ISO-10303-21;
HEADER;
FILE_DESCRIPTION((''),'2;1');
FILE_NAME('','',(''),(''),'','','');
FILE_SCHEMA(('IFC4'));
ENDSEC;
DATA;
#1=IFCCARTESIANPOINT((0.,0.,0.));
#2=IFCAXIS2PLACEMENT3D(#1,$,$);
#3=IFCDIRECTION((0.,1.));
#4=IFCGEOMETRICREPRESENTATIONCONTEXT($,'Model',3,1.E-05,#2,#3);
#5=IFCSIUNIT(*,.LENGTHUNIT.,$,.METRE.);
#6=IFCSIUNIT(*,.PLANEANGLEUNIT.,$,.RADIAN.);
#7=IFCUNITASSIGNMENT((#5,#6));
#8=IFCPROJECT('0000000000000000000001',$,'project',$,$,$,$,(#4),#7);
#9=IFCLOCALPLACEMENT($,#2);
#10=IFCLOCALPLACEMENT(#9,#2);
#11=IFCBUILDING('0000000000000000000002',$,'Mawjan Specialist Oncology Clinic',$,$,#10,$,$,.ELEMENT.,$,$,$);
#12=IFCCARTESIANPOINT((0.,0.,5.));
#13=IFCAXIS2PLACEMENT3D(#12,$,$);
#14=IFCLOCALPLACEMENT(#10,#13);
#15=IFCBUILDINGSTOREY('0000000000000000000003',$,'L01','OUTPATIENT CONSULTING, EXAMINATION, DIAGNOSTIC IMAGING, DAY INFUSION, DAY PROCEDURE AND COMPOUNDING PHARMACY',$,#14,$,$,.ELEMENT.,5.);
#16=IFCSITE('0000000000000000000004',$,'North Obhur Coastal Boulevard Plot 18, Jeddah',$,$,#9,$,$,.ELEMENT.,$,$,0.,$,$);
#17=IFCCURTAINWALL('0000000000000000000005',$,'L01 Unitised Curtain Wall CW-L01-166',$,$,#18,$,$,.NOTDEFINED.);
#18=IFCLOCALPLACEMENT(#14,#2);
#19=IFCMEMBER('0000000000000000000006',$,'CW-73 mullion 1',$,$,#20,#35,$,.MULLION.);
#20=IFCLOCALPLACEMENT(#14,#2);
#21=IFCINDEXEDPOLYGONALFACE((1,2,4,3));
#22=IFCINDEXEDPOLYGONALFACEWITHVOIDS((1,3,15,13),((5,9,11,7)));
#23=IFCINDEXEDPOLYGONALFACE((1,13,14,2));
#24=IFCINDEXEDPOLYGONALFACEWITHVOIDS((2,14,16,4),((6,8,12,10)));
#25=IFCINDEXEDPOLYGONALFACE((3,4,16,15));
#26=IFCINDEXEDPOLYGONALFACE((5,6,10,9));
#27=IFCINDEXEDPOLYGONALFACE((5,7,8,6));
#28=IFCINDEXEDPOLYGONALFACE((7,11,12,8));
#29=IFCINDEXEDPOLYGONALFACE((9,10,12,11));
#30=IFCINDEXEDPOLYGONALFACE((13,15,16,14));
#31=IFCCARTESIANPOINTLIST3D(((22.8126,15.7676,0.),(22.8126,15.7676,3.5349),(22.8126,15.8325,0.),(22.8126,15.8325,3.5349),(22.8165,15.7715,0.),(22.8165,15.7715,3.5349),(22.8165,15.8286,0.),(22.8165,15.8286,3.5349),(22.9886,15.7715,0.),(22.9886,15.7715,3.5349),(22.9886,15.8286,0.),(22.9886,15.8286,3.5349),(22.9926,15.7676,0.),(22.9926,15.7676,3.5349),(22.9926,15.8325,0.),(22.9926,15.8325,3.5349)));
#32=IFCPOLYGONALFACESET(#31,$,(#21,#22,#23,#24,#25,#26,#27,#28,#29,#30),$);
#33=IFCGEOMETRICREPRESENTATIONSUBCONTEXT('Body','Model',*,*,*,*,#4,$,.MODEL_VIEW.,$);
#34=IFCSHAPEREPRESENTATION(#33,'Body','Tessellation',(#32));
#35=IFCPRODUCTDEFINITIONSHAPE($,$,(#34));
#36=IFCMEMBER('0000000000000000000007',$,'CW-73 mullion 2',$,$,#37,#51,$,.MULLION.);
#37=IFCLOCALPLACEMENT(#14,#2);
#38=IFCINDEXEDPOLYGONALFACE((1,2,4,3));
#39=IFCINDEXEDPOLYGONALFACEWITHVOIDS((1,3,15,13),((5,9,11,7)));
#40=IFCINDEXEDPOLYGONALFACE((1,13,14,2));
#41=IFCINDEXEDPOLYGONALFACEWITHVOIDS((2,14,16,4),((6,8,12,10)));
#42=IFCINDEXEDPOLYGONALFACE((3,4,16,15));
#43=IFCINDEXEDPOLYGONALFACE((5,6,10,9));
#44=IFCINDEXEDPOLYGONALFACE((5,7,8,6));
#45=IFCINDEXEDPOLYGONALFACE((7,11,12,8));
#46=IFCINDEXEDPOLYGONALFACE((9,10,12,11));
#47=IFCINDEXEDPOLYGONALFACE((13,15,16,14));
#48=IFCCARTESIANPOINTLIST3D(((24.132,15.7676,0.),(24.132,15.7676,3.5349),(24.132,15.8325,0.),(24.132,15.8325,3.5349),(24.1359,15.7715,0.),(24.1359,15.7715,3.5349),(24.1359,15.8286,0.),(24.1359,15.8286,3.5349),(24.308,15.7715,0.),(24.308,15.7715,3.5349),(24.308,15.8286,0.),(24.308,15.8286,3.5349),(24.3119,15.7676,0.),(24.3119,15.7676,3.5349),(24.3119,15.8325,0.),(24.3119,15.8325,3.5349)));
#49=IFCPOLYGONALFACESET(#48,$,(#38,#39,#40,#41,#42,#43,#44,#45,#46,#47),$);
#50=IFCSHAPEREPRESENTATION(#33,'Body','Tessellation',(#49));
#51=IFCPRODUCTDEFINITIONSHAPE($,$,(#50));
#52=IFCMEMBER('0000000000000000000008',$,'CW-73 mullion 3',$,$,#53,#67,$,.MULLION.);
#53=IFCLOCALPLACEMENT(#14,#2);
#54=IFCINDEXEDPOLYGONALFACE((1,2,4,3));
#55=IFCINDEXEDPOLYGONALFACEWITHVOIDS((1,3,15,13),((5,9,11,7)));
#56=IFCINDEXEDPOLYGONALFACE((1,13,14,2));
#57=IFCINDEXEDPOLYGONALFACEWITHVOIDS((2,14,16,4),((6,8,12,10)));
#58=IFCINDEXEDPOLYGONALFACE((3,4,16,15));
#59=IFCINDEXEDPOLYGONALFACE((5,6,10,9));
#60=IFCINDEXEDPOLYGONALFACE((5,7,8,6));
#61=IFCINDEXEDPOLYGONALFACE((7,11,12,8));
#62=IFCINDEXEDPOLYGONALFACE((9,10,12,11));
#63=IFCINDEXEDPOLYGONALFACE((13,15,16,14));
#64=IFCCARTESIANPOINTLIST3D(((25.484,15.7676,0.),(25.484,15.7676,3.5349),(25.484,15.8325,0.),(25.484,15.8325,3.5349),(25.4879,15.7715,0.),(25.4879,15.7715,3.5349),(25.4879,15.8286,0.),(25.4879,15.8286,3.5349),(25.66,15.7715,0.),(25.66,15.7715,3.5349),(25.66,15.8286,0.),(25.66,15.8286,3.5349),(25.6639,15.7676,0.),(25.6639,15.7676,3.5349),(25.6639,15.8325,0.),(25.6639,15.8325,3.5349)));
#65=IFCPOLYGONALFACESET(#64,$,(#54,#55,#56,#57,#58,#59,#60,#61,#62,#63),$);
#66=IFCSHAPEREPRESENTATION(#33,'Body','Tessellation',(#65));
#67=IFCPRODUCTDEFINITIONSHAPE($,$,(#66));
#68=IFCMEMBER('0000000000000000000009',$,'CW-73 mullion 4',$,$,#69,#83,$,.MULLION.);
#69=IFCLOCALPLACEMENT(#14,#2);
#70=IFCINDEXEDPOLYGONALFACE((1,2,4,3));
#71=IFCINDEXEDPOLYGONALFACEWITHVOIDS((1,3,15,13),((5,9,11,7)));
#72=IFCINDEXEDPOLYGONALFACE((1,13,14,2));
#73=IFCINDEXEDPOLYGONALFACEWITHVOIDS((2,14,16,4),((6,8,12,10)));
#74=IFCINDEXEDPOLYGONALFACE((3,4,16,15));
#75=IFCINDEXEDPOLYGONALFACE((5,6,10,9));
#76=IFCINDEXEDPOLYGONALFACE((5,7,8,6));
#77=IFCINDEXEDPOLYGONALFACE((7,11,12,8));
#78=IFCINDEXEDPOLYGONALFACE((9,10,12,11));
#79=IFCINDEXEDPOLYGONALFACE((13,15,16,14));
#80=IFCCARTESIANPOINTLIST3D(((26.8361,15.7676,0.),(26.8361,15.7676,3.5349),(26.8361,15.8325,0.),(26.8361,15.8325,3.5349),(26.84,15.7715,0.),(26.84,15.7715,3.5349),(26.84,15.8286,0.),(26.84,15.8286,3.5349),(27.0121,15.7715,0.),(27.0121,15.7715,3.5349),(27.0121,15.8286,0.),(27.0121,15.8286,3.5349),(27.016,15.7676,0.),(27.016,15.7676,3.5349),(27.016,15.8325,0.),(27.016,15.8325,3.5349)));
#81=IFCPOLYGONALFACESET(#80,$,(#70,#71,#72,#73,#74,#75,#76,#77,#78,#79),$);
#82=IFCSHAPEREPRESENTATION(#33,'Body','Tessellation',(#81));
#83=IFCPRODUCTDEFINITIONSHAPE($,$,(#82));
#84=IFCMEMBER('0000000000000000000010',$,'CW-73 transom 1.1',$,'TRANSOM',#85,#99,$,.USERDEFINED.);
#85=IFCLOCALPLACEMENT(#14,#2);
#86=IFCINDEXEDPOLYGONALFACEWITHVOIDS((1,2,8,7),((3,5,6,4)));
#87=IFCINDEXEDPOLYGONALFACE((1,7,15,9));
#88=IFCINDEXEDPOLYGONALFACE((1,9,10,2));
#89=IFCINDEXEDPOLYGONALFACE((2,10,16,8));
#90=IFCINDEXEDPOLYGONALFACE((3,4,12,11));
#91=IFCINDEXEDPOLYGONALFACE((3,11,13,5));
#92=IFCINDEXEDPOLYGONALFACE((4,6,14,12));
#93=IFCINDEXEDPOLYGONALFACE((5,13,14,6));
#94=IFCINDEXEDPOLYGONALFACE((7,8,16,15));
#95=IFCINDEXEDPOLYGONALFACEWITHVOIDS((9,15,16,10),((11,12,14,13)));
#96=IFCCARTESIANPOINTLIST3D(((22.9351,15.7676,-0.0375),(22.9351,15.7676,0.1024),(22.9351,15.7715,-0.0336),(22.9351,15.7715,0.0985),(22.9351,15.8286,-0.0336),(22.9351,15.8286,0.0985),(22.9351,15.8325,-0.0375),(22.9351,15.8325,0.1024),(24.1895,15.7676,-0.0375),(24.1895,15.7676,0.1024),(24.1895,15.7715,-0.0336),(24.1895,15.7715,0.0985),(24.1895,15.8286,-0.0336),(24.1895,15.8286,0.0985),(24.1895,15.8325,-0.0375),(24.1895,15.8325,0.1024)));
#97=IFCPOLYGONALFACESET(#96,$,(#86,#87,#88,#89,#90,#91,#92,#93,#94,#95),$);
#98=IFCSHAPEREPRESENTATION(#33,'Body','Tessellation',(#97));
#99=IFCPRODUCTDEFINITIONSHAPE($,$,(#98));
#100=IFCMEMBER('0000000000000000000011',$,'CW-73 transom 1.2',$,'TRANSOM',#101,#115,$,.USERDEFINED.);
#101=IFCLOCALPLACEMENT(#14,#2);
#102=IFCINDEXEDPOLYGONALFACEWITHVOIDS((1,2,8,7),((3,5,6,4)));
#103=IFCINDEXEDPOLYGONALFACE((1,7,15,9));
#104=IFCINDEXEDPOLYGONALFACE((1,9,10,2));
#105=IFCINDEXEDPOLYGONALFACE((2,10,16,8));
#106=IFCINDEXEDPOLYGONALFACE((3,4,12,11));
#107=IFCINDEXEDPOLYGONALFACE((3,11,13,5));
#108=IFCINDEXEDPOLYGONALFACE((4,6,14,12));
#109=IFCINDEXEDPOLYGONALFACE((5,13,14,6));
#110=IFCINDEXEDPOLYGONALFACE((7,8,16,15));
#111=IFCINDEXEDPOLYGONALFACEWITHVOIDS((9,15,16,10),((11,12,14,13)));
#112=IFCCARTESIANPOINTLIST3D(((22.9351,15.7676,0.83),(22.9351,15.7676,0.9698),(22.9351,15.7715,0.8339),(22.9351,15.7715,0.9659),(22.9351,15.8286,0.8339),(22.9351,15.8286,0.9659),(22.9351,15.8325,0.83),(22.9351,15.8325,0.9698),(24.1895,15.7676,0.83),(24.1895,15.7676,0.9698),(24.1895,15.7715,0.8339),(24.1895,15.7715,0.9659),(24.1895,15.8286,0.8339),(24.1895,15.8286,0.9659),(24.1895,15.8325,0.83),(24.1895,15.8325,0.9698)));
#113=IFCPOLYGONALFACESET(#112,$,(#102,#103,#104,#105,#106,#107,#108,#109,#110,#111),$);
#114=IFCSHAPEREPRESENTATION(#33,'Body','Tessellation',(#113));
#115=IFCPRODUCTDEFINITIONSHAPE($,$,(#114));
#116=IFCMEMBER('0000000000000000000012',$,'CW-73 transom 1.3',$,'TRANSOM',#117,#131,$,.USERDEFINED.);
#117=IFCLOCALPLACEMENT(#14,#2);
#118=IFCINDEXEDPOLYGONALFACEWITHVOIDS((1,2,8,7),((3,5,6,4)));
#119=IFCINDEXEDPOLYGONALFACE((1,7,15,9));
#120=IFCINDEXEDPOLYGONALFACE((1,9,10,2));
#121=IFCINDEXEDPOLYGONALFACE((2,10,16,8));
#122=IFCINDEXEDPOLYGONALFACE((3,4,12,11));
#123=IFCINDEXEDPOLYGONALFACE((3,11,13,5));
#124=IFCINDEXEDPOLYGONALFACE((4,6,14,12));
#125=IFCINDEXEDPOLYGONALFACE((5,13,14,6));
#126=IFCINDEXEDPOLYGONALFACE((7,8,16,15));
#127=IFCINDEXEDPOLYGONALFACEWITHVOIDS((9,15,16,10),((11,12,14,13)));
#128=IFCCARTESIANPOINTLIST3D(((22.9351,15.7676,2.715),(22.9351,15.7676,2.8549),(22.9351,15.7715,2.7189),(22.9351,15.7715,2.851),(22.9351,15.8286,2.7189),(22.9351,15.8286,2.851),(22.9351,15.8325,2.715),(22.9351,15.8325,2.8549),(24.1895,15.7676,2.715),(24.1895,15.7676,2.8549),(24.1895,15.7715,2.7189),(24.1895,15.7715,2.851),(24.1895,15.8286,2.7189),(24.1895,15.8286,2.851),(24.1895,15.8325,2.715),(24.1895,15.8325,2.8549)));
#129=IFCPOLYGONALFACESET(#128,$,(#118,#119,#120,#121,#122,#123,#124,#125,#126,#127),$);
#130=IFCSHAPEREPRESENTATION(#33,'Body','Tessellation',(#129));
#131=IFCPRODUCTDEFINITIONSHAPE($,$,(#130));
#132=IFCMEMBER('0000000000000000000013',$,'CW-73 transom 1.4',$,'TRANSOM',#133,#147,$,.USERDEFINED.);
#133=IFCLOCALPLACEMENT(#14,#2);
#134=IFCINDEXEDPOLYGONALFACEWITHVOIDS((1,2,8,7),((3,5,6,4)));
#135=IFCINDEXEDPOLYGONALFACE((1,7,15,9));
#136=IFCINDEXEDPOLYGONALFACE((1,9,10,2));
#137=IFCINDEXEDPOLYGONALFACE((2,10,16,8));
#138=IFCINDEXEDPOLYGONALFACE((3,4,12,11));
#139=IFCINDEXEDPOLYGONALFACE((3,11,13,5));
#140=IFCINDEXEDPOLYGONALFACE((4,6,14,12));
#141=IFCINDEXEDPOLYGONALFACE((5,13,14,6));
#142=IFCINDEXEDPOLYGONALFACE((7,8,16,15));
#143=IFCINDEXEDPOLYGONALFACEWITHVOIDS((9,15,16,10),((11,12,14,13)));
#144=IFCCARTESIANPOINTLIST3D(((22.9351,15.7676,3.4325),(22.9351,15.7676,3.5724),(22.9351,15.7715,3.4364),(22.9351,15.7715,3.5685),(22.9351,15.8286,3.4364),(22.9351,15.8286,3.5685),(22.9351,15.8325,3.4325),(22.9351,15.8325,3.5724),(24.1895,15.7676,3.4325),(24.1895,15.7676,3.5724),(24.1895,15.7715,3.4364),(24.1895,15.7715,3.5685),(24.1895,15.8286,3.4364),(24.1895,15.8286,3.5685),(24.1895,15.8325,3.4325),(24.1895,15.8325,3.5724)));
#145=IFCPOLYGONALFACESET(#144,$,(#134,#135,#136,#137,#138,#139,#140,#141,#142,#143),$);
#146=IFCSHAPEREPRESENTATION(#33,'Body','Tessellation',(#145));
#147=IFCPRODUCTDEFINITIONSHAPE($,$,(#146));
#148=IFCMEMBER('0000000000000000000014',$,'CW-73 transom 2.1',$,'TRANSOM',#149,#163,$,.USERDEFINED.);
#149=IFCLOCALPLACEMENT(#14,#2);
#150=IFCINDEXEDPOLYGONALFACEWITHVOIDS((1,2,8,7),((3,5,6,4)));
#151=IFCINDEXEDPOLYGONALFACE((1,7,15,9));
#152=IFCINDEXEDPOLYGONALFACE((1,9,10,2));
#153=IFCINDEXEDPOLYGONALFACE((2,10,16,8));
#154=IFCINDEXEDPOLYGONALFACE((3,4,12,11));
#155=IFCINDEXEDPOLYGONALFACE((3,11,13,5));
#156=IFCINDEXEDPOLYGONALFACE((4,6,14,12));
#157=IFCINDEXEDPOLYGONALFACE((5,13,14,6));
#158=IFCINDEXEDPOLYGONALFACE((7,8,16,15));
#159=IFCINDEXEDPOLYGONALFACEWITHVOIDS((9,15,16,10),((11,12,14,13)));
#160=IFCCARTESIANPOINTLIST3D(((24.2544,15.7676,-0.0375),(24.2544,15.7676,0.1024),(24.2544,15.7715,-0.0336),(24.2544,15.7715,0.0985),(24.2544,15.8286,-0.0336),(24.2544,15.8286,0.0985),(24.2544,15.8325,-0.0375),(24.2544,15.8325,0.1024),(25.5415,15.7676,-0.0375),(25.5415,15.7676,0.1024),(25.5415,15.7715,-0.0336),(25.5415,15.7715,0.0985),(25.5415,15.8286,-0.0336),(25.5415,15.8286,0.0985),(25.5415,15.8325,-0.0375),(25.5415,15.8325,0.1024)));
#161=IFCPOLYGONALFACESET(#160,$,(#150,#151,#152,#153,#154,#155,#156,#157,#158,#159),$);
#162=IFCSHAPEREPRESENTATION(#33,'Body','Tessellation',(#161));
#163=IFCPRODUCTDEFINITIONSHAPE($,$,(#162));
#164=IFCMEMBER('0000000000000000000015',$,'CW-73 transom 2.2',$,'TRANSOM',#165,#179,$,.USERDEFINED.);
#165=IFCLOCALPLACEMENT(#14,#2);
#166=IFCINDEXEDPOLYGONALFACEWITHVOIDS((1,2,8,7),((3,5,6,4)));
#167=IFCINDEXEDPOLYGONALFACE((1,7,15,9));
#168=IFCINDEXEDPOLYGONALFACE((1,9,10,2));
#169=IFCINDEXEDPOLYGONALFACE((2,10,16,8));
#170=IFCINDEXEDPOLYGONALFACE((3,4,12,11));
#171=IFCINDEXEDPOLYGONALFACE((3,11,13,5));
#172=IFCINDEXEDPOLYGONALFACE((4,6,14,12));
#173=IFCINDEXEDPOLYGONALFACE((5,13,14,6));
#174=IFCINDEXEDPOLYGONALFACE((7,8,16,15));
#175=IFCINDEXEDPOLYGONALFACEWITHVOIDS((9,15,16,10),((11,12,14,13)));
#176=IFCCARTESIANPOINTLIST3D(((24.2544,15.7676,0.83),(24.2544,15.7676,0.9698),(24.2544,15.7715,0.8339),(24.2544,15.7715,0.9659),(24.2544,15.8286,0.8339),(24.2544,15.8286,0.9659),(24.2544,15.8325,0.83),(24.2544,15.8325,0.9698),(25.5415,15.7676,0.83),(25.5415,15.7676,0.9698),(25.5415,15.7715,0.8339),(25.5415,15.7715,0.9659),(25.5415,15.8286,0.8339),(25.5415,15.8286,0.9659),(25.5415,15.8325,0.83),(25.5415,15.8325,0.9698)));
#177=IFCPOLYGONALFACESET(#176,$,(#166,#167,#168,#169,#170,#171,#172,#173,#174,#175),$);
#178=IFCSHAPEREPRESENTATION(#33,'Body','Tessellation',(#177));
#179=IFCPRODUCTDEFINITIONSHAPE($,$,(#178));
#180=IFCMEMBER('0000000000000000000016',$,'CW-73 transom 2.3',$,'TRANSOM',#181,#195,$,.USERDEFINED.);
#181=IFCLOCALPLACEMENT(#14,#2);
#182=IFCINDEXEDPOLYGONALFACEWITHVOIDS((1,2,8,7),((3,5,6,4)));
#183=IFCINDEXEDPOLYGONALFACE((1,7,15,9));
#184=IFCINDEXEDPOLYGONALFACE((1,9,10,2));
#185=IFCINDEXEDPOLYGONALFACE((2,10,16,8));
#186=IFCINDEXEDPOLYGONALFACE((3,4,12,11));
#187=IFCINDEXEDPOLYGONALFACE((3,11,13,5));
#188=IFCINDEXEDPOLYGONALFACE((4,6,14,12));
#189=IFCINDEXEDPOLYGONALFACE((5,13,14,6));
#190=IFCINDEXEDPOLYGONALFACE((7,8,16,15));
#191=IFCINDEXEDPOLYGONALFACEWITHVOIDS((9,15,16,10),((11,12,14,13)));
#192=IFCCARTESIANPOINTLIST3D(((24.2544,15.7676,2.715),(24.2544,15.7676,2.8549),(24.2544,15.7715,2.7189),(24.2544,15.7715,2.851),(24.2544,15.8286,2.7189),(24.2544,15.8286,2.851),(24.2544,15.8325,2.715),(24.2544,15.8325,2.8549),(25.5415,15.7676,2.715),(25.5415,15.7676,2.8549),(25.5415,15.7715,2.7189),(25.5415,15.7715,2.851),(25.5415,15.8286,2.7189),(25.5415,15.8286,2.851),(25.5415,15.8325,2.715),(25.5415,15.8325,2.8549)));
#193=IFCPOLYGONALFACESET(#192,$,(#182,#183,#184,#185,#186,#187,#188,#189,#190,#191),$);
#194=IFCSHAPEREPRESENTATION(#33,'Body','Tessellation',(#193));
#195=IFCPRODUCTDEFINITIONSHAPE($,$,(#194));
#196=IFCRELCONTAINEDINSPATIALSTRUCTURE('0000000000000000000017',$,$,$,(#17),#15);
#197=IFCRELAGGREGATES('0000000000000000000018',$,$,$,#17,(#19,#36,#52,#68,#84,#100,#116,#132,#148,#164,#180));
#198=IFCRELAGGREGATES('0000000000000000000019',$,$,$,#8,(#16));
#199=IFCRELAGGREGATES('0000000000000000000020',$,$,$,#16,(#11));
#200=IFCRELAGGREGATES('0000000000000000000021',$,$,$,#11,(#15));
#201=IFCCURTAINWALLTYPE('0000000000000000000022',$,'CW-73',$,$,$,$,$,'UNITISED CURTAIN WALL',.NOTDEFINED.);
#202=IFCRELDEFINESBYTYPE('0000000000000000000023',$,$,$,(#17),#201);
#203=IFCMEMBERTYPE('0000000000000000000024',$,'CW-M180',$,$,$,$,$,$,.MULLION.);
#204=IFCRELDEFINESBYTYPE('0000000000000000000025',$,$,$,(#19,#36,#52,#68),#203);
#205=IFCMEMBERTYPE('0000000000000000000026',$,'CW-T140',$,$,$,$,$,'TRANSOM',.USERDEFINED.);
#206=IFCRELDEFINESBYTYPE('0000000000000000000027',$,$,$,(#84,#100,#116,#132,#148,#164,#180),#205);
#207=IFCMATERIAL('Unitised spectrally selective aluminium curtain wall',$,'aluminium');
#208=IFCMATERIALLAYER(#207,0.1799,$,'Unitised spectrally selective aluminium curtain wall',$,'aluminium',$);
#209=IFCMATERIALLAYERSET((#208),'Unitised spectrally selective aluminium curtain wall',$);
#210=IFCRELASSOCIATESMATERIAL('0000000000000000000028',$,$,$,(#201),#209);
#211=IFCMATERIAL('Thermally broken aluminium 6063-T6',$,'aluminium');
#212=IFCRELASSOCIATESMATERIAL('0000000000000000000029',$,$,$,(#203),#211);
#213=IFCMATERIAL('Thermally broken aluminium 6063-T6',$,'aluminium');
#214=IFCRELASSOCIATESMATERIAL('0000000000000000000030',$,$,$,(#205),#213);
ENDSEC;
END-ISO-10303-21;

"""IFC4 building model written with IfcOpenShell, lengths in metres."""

from ifc_helpers import new_model, si_unit, direction, frame, origin, origin_2d, place, context, subcontext, project, spatial, hollow_rectangle, extrude, material, layer, layer_set, material_profile, profile_set, type_object, element, aggregate, save


model = new_model("IFC4")

# Units and contexts
model_context = context("Model", 3, precision=1e-05, world=origin(), true_north=direction((0.0, 1.0)))
body_context = subcontext(model_context, "Body", "Model", "MODEL_VIEW")
ifc_project = project(units=[si_unit("LENGTHUNIT", "METRE"), si_unit("PLANEANGLEUNIT", "RADIAN")], contexts=[model_context])

# Site, building, storey
site_placement = place(None, origin())
site = spatial("IfcSite", under=ifc_project, at=site_placement, Name="North Obhur Coastal Boulevard Plot 18, Jeddah", CompositionType="ELEMENT", RefElevation=0.0)
building_placement = place(site_placement, origin())
building = spatial("IfcBuilding", under=site, at=building_placement, Name="Mawjan Specialist Oncology Clinic", CompositionType="ELEMENT")
storey_placement = place(building_placement, frame((0.0, 0.0, 5.0)))
storey = spatial("IfcBuildingStorey", under=building, at=storey_placement, Name="L01", Description="OUTPATIENT CONSULTING, EXAMINATION, DIAGNOSTIC IMAGING, DAY INFUSION, DAY PROCEDURE AND COMPOUNDING PHARMACY", CompositionType="ELEMENT", Elevation=5.0)

# Curtain wall, members
ifc_material_1 = material(Name="Unitised spectrally selective aluminium curtain wall", Category="aluminium")
ifc_layer_1 = layer(ifc_material_1, 0.1799, Name="Unitised spectrally selective aluminium curtain wall", Category="aluminium")
ifc_layer_set_1 = layer_set([ifc_layer_1], Name="Unitised spectrally selective aluminium curtain wall")
curtain_wall_type = type_object("IfcCurtainWallType", Name="CW-73", ElementType="UNITISED CURTAIN WALL", PredefinedType="NOTDEFINED", material=ifc_layer_set_1)
curtain_wall_placement = place(storey_placement, origin())
curtain_wall = element("IfcCurtainWall", 1, at=curtain_wall_placement, inside=storey, type_object=curtain_wall_type, Name="L01 Unitised Curtain Wall CW-L01-166", PredefinedType="NOTDEFINED")
ifc_material_2 = material(Name="Thermally broken aluminium 6063-T6", Category="aluminium")
ifc_material_profile_1 = material_profile(ifc_material_2, hollow_rectangle(XDim=0.0649, YDim=0.1799, WallThickness=0.0039, at=origin_2d()), Name="ALU MULLION 180x65x4", Category="aluminium")
ifc_profile_set_1 = profile_set([ifc_material_profile_1], Name="Thermally broken aluminium 6063-T6")
member_type_1 = type_object("IfcMemberType", Name="CW-M180", PredefinedType="MULLION", material=ifc_profile_set_1)
member_1_placement = place(storey_placement, frame((22.9026, 15.8, 0.0), z_axis=(0.0, 0.0, 1.0), x_axis=(0.0, 1.0, 0.0)))
member_1 = element("IfcMember", 2, at=member_1_placement, type_object=member_type_1, Name="CW-73 mullion 1", PredefinedType="MULLION", context=body_context, shape_type="SweptSolid", body=[
    extrude(hollow_rectangle(XDim=0.0649, YDim=0.1799, WallThickness=0.0039, at=origin_2d()), origin(), (0.0, 0.0, 1.0), 3.5349),
])
member_2_placement = place(storey_placement, frame((24.2219, 15.8, 0.0), z_axis=(0.0, 0.0, 1.0), x_axis=(0.0, 1.0, 0.0)))
member_2 = element("IfcMember", 3, at=member_2_placement, type_object=member_type_1, Name="CW-73 mullion 2", PredefinedType="MULLION", context=body_context, shape_type="SweptSolid", body=[
    extrude(hollow_rectangle(XDim=0.0649, YDim=0.1799, WallThickness=0.0039, at=origin_2d()), origin(), (0.0, 0.0, 1.0), 3.5349),
])
member_3_placement = place(storey_placement, frame((25.574, 15.8, 0.0), z_axis=(0.0, 0.0, 1.0), x_axis=(0.0, 1.0, 0.0)))
member_3 = element("IfcMember", 4, at=member_3_placement, type_object=member_type_1, Name="CW-73 mullion 3", PredefinedType="MULLION", context=body_context, shape_type="SweptSolid", body=[
    extrude(hollow_rectangle(XDim=0.0649, YDim=0.1799, WallThickness=0.0039, at=origin_2d()), origin(), (0.0, 0.0, 1.0), 3.5349),
])
member_4_placement = place(storey_placement, frame((26.926, 15.8, 0.0), z_axis=(0.0, 0.0, 1.0), x_axis=(0.0, 1.0, 0.0)))
member_4 = element("IfcMember", 5, at=member_4_placement, type_object=member_type_1, Name="CW-73 mullion 4", PredefinedType="MULLION", context=body_context, shape_type="SweptSolid", body=[
    extrude(hollow_rectangle(XDim=0.0649, YDim=0.1799, WallThickness=0.0039, at=origin_2d()), origin(), (0.0, 0.0, 1.0), 3.5349),
])
ifc_material_3 = material(Name="Thermally broken aluminium 6063-T6", Category="aluminium")
ifc_material_profile_2 = material_profile(ifc_material_3, hollow_rectangle(XDim=0.0649, YDim=0.1399, WallThickness=0.0039, at=origin_2d()), Name="ALU TRANSOM 140x65x4", Category="aluminium")
ifc_profile_set_2 = profile_set([ifc_material_profile_2], Name="Thermally broken aluminium 6063-T6")
member_type_2 = type_object("IfcMemberType", Name="CW-T140", ElementType="TRANSOM", PredefinedType="USERDEFINED", material=ifc_profile_set_2)
member_5_placement = place(storey_placement, frame((22.9351, 15.8, 0.0325), z_axis=(1.0, 0.0, 0.0), x_axis=(0.0, 1.0, 0.0)))
member_5 = element("IfcMember", 6, at=member_5_placement, type_object=member_type_2, Name="CW-73 transom 1.1", ObjectType="TRANSOM", PredefinedType="USERDEFINED", context=body_context, shape_type="SweptSolid", body=[
    extrude(hollow_rectangle(XDim=0.0649, YDim=0.1399, WallThickness=0.0039, at=origin_2d()), origin(), (0.0, 0.0, 1.0), 1.2544),
])
member_6_placement = place(storey_placement, frame((22.9351, 15.8, 0.8999), z_axis=(1.0, 0.0, 0.0), x_axis=(0.0, 1.0, 0.0)))
member_6 = element("IfcMember", 7, at=member_6_placement, type_object=member_type_2, Name="CW-73 transom 1.2", ObjectType="TRANSOM", PredefinedType="USERDEFINED", context=body_context, shape_type="SweptSolid", body=[
    extrude(hollow_rectangle(XDim=0.0649, YDim=0.1399, WallThickness=0.0039, at=origin_2d()), origin(), (0.0, 0.0, 1.0), 1.2544),
])
member_7_placement = place(storey_placement, frame((22.9351, 15.8, 2.7849), z_axis=(1.0, 0.0, 0.0), x_axis=(0.0, 1.0, 0.0)))
member_7 = element("IfcMember", 8, at=member_7_placement, type_object=member_type_2, Name="CW-73 transom 1.3", ObjectType="TRANSOM", PredefinedType="USERDEFINED", context=body_context, shape_type="SweptSolid", body=[
    extrude(hollow_rectangle(XDim=0.0649, YDim=0.1399, WallThickness=0.0039, at=origin_2d()), origin(), (0.0, 0.0, 1.0), 1.2544),
])
member_8_placement = place(storey_placement, frame((22.9351, 15.8, 3.5024), z_axis=(1.0, 0.0, 0.0), x_axis=(0.0, 1.0, 0.0)))
member_8 = element("IfcMember", 9, at=member_8_placement, type_object=member_type_2, Name="CW-73 transom 1.4", ObjectType="TRANSOM", PredefinedType="USERDEFINED", context=body_context, shape_type="SweptSolid", body=[
    extrude(hollow_rectangle(XDim=0.0649, YDim=0.1399, WallThickness=0.0039, at=origin_2d()), origin(), (0.0, 0.0, 1.0), 1.2544),
])
member_9_placement = place(storey_placement, frame((24.2544, 15.8, 0.0325), z_axis=(1.0, 0.0, 0.0), x_axis=(0.0, 1.0, 0.0)))
member_9 = element("IfcMember", 10, at=member_9_placement, type_object=member_type_2, Name="CW-73 transom 2.1", ObjectType="TRANSOM", PredefinedType="USERDEFINED", context=body_context, shape_type="SweptSolid", body=[
    extrude(hollow_rectangle(XDim=0.0649, YDim=0.1399, WallThickness=0.0039, at=origin_2d()), origin(), (0.0, 0.0, 1.0), 1.2871),
])
member_10_placement = place(storey_placement, frame((24.2544, 15.8, 0.8999), z_axis=(1.0, 0.0, 0.0), x_axis=(0.0, 1.0, 0.0)))
member_10 = element("IfcMember", 11, at=member_10_placement, type_object=member_type_2, Name="CW-73 transom 2.2", ObjectType="TRANSOM", PredefinedType="USERDEFINED", context=body_context, shape_type="SweptSolid", body=[
    extrude(hollow_rectangle(XDim=0.0649, YDim=0.1399, WallThickness=0.0039, at=origin_2d()), origin(), (0.0, 0.0, 1.0), 1.2871),
])
member_11_placement = place(storey_placement, frame((24.2544, 15.8, 2.7849), z_axis=(1.0, 0.0, 0.0), x_axis=(0.0, 1.0, 0.0)))
member_11 = element("IfcMember", 12, at=member_11_placement, type_object=member_type_2, Name="CW-73 transom 2.3", ObjectType="TRANSOM", PredefinedType="USERDEFINED", context=body_context, shape_type="SweptSolid", body=[
    extrude(hollow_rectangle(XDim=0.0649, YDim=0.1399, WallThickness=0.0039, at=origin_2d()), origin(), (0.0, 0.0, 1.0), 1.2871),
])

aggregate(curtain_wall, [member_1, member_2, member_3, member_4, member_5, member_6, member_7, member_8, member_9, member_10, member_11])

save(model, "model.ifc")
